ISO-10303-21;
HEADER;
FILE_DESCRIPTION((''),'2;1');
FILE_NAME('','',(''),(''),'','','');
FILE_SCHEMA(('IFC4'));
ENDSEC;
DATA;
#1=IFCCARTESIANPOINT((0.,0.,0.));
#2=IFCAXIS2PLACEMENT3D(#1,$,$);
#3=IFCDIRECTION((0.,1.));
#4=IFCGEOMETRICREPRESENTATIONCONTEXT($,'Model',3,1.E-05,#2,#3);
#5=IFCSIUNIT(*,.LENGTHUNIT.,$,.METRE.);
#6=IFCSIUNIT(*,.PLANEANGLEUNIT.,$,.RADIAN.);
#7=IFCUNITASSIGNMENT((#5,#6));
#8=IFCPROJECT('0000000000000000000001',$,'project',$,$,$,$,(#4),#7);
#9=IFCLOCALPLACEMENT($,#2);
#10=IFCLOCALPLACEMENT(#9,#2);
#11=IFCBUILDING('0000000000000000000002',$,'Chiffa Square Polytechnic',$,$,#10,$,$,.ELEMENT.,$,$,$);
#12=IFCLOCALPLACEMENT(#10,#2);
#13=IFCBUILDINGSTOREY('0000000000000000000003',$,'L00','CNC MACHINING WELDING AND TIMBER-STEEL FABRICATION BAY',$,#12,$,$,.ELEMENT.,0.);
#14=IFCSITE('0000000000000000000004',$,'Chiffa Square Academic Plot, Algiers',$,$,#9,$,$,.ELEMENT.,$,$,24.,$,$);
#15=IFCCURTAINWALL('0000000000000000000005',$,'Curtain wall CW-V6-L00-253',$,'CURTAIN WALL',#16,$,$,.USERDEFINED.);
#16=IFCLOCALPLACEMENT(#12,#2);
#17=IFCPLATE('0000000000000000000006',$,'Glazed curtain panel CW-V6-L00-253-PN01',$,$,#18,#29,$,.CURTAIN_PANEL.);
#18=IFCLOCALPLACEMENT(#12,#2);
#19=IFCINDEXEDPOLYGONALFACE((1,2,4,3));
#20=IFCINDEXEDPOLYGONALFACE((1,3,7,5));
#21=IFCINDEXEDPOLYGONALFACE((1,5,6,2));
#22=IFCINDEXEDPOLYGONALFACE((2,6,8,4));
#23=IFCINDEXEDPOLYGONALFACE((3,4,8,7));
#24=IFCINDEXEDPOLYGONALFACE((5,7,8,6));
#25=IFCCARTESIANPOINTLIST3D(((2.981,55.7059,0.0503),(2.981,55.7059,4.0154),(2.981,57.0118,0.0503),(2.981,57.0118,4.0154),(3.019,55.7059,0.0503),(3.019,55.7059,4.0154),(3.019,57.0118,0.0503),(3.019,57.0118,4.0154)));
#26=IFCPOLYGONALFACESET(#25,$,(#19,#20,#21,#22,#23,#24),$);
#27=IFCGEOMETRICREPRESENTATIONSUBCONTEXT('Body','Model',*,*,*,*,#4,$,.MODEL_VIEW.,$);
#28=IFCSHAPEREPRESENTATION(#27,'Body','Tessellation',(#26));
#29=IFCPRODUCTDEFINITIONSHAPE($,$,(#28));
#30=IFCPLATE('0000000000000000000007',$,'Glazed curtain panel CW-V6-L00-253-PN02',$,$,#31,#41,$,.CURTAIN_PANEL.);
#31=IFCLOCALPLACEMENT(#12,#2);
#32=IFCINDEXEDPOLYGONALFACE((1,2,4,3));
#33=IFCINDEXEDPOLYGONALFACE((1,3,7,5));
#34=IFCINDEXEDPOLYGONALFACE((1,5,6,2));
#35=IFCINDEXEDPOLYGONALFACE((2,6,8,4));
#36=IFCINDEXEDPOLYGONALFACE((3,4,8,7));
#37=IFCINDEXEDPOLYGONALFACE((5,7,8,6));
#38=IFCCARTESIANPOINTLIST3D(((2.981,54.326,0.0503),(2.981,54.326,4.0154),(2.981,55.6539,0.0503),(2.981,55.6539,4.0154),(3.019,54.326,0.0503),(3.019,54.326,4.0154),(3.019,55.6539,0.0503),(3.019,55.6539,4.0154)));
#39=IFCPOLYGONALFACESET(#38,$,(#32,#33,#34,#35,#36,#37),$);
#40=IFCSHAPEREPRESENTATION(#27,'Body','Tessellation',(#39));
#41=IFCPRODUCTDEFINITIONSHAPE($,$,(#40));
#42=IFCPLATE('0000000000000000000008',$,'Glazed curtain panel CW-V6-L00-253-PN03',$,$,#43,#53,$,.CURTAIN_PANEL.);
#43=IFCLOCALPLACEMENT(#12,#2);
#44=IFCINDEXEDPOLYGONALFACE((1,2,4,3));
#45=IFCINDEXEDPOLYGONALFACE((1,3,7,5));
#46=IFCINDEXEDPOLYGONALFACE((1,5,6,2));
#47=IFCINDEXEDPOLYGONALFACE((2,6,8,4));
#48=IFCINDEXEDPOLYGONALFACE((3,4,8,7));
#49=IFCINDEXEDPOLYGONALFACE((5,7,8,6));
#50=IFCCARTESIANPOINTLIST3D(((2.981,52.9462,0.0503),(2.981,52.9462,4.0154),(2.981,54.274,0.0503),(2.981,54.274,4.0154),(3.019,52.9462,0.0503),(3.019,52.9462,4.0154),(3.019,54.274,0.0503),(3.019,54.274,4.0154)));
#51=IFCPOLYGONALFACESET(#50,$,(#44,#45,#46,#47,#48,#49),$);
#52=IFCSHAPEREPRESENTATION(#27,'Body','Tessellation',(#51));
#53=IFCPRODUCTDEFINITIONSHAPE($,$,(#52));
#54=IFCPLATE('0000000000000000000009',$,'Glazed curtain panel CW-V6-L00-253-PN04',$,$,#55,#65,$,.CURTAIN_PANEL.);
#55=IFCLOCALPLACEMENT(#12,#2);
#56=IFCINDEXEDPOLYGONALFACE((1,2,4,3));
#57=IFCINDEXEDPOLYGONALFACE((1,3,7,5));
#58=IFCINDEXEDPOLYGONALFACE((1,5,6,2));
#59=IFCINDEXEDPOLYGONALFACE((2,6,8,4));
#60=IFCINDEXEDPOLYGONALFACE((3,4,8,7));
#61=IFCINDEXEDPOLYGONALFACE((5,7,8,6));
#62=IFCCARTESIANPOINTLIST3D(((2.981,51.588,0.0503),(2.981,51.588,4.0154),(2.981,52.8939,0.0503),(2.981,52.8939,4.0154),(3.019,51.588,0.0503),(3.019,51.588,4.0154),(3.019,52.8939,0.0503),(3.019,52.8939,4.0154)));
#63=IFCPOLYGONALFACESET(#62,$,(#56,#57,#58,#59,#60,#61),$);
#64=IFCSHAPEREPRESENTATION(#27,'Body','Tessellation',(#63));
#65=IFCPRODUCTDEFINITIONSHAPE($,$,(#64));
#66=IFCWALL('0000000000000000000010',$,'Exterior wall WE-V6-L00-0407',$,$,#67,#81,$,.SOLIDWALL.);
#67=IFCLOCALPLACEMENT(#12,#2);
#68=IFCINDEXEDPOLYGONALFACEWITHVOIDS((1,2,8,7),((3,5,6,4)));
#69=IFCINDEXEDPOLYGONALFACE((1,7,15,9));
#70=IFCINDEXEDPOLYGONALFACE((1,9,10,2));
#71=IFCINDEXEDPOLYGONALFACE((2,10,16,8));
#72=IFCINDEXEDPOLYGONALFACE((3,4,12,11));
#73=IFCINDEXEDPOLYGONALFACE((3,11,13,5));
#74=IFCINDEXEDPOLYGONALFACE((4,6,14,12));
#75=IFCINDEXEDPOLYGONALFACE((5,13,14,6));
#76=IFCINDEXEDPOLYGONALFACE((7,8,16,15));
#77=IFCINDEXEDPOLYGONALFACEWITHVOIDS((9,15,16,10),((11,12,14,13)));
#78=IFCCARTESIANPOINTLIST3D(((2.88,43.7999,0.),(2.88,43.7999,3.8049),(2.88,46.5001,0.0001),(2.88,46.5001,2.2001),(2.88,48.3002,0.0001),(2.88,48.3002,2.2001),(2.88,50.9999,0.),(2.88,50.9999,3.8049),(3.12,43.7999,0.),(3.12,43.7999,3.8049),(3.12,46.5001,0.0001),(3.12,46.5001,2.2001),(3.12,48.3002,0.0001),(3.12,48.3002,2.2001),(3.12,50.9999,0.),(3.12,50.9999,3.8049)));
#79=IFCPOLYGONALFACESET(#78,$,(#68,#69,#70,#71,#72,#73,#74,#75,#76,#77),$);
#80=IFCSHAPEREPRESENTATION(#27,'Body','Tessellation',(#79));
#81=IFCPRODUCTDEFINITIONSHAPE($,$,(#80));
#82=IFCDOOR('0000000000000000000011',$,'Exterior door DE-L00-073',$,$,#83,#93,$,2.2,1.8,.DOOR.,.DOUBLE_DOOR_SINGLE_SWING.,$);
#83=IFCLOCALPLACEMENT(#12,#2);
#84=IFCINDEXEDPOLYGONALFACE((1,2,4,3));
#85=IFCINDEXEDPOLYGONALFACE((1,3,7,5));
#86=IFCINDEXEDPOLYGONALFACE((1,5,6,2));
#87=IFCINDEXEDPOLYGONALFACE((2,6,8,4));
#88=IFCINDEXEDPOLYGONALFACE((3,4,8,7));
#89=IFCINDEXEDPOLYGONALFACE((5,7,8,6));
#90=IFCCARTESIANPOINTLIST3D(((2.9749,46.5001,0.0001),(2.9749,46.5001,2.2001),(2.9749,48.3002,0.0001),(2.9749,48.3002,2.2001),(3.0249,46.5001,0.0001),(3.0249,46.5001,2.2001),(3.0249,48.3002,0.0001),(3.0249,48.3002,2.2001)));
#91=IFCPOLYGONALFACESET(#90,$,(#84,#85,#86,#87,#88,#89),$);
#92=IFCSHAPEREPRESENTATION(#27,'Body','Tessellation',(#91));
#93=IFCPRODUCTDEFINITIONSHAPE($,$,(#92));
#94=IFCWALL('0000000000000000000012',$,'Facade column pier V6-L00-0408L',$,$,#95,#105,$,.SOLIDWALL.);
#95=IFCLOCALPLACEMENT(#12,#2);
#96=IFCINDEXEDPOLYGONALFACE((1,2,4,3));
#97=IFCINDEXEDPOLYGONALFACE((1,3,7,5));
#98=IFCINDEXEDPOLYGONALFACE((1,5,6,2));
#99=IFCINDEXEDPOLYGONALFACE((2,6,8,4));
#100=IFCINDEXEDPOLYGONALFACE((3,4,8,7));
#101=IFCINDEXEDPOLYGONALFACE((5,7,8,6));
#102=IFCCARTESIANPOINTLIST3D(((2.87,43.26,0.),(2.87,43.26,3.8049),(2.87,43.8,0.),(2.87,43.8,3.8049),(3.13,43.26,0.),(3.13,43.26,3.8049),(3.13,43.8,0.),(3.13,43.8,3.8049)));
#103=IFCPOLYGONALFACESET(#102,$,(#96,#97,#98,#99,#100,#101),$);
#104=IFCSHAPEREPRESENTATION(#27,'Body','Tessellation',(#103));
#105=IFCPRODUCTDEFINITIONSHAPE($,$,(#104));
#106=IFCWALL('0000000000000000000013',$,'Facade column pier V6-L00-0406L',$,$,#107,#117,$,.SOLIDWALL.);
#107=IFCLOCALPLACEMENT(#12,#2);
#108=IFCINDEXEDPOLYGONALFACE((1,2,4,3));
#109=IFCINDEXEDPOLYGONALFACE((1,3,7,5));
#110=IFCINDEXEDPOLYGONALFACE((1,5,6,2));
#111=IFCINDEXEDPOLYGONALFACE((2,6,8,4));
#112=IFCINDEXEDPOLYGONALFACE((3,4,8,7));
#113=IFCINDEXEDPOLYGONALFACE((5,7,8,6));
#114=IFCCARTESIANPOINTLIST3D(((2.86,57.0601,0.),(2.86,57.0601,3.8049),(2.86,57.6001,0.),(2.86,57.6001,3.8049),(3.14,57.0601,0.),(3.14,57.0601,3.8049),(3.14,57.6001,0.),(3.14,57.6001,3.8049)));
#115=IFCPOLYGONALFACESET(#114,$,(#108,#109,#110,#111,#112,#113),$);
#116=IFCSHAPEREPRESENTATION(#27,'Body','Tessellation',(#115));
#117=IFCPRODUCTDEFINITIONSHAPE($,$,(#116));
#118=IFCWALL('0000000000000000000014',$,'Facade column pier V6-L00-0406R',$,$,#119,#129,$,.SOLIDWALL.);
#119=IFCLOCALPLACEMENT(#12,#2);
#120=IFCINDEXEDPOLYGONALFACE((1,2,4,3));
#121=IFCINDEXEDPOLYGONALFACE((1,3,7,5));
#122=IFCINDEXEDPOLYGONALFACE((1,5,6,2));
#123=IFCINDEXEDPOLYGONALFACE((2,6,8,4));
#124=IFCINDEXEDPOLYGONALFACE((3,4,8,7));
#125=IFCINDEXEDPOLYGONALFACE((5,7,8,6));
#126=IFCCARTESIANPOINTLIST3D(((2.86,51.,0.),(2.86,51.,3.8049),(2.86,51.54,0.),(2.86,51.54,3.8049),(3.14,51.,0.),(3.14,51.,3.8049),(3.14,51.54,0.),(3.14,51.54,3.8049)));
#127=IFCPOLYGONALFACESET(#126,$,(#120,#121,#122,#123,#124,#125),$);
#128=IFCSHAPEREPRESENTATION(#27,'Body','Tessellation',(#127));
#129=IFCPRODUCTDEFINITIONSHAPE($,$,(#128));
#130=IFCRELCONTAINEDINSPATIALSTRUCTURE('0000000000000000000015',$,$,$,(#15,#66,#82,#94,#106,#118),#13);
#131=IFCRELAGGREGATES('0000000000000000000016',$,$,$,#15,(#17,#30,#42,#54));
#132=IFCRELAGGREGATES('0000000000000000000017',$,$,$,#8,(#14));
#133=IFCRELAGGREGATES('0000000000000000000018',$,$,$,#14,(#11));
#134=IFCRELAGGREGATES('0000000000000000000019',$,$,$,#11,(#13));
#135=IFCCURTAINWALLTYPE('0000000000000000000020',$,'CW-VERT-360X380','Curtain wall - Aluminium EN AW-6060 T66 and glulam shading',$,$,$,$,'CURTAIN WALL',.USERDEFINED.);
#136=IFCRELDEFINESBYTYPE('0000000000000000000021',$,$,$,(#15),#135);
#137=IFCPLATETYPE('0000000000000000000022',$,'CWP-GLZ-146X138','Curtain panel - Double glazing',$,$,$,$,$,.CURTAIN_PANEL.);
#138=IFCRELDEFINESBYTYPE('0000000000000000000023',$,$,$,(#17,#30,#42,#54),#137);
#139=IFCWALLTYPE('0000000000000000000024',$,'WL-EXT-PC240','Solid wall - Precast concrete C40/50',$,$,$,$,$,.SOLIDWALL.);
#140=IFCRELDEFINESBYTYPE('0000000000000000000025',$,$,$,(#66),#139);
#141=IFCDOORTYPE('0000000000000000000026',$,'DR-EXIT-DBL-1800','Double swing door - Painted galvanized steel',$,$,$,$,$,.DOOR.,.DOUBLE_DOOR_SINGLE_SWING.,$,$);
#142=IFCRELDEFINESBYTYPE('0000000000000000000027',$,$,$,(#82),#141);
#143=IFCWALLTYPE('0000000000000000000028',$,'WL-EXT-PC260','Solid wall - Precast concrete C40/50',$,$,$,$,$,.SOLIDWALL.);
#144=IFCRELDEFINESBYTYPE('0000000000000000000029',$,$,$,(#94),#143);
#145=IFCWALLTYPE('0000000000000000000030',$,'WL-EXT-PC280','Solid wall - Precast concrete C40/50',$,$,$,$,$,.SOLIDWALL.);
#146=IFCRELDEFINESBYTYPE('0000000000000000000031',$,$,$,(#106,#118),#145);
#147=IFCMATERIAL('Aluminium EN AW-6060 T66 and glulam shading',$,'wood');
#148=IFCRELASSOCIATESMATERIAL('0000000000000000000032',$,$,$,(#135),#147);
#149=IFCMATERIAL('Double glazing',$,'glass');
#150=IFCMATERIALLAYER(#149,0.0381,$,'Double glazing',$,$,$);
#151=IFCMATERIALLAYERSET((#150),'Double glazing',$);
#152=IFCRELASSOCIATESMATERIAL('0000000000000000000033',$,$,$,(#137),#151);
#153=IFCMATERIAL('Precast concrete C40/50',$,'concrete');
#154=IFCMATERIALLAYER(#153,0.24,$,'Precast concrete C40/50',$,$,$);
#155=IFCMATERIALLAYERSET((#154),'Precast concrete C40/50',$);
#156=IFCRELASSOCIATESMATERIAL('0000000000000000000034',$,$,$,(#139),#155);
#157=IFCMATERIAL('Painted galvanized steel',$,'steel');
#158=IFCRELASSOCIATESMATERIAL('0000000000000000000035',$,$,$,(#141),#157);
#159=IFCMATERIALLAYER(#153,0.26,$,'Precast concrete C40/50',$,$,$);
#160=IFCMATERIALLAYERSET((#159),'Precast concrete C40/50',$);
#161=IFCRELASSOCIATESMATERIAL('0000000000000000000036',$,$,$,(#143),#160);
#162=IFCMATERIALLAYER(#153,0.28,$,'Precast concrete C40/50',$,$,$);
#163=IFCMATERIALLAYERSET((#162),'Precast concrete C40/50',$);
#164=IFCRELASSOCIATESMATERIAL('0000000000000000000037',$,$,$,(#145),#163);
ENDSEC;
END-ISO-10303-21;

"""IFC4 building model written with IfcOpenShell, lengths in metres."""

from ifc_helpers import new_model, si_unit, direction, frame, frame_2d, origin, origin_2d, place, context, subcontext, project, spatial, rectangle, extrude, material, layer, layer_set, type_object, element, fill, aggregate, save


model = new_model("IFC4")

# Units and contexts
model_context = context("Model", 3, precision=1e-05, world=origin(), true_north=direction((0.0, 1.0)))
body_context = subcontext(model_context, "Body", "Model", "MODEL_VIEW")
ifc_project = project(units=[si_unit("LENGTHUNIT", "METRE"), si_unit("PLANEANGLEUNIT", "RADIAN")], contexts=[model_context])

# Site, building, storey
site_placement = place(None, origin())
site = spatial("IfcSite", under=ifc_project, at=site_placement, Name="Chiffa Square Academic Plot, Algiers", CompositionType="ELEMENT", RefElevation=24.0)
building_placement = place(site_placement, origin())
building = spatial("IfcBuilding", under=site, at=building_placement, Name="Chiffa Square Polytechnic", CompositionType="ELEMENT")
storey_placement = place(building_placement, origin())
storey = spatial("IfcBuildingStorey", under=building, at=storey_placement, Name="L00", Description="CNC MACHINING WELDING AND TIMBER-STEEL FABRICATION BAY", CompositionType="ELEMENT", Elevation=0.0)

# Curtain wall
ifc_material_1 = material(Name="Aluminium EN AW-6060 T66 and glulam shading", Category="wood")
curtain_wall_type_1 = type_object("IfcCurtainWallType", Name="CW-VERT-360X380", Description="Curtain wall - Aluminium EN AW-6060 T66 and glulam shading", ElementType="CURTAIN WALL", PredefinedType="USERDEFINED", material=ifc_material_1)
curtain_wall_1_placement = place(storey_placement, origin())
curtain_wall_1 = element("IfcCurtainWall", 1, at=curtain_wall_1_placement, inside=storey, type_object=curtain_wall_type_1, Name="Curtain wall CW-V6-L00-253", ObjectType="CURTAIN WALL", PredefinedType="USERDEFINED")

# Plates
ifc_material_2 = material(Name="Double glazing", Category="glass")
ifc_layer_1 = layer(ifc_material_2, 0.0381, Name="Double glazing")
ifc_layer_set_1 = layer_set([ifc_layer_1], Name="Double glazing")
plate_type = type_object("IfcPlateType", Name="CWP-GLZ-146X138", Description="Curtain panel - Double glazing", PredefinedType="CURTAIN_PANEL", material=ifc_layer_set_1)
plate_1_placement = place(storey_placement, frame((3.0, 56.3589, 0.0503), z_axis=(0.0, 0.0, 1.0), x_axis=(0.0, -1.0, 0.0)))
plate_1 = element("IfcPlate", 2, at=plate_1_placement, type_object=plate_type, Name="Glazed curtain panel CW-V6-L00-253-PN01", PredefinedType="CURTAIN_PANEL", context=body_context, shape_type="SweptSolid", body=[
    extrude(rectangle(XDim=1.3059, YDim=0.0381, at=origin_2d()), origin(), (0.0, 0.0, 1.0), 3.9651),
])
plate_2_placement = place(storey_placement, frame((3.0, 54.99, 0.0503), z_axis=(0.0, 0.0, 1.0), x_axis=(0.0, -1.0, 0.0)))
plate_2 = element("IfcPlate", 3, at=plate_2_placement, type_object=plate_type, Name="Glazed curtain panel CW-V6-L00-253-PN02", PredefinedType="CURTAIN_PANEL", context=body_context, shape_type="SweptSolid", body=[
    extrude(rectangle(XDim=1.3279, YDim=0.0381, at=origin_2d()), origin(), (0.0, 0.0, 1.0), 3.9651),
])
plate_3_placement = place(storey_placement, frame((3.0, 53.6101, 0.0503), z_axis=(0.0, 0.0, 1.0), x_axis=(0.0, -1.0, 0.0)))
plate_3 = element("IfcPlate", 4, at=plate_3_placement, type_object=plate_type, Name="Glazed curtain panel CW-V6-L00-253-PN03", PredefinedType="CURTAIN_PANEL", context=body_context, shape_type="SweptSolid", body=[
    extrude(rectangle(XDim=1.3279, YDim=0.0381, at=origin_2d()), origin(), (0.0, 0.0, 1.0), 3.9651),
])
plate_4_placement = place(storey_placement, frame((3.0, 52.241, 0.0503), z_axis=(0.0, 0.0, 1.0), x_axis=(0.0, -1.0, 0.0)))
plate_4 = element("IfcPlate", 5, at=plate_4_placement, type_object=plate_type, Name="Glazed curtain panel CW-V6-L00-253-PN04", PredefinedType="CURTAIN_PANEL", context=body_context, shape_type="SweptSolid", body=[
    extrude(rectangle(XDim=1.3059, YDim=0.0381, at=origin_2d()), origin(), (0.0, 0.0, 1.0), 3.9651),
])
aggregate(curtain_wall_1, [plate_1, plate_2, plate_3, plate_4])

# Wall, opening, door
ifc_material_3 = material(Name="Precast concrete C40/50", Category="concrete")
ifc_layer_2 = layer(ifc_material_3, 0.24, Name="Precast concrete C40/50")
ifc_layer_set_2 = layer_set([ifc_layer_2], Name="Precast concrete C40/50")
wall_type_1 = type_object("IfcWallType", Name="WL-EXT-PC240", Description="Solid wall - Precast concrete C40/50", PredefinedType="SOLIDWALL", material=ifc_layer_set_2)
wall_1_placement = place(storey_placement, frame((3.0, 51.0, 0.0), z_axis=(0.0, 0.0, 1.0), x_axis=(0.0, -1.0, 0.0)))
wall_1 = element("IfcWall", 6, at=wall_1_placement, inside=storey, type_object=wall_type_1, Name="Exterior wall WE-V6-L00-0407", PredefinedType="SOLIDWALL", context=body_context, shape_type="SweptSolid", body=[
    extrude(rectangle(XDim=7.2, YDim=0.24, at=frame_2d((3.6001, 0.0))), origin(), (0.0, 0.0, 1.0), 3.8049),
])
opening_placement = place(wall_1_placement, frame((2.7, 0.0, 0.0)))
opening = element("IfcOpeningElement", 7, at=opening_placement, cuts=wall_1, PredefinedType="OPENING", context=body_context, shape_type="SweptSolid", body=[
    extrude(rectangle(XDim=1.8, YDim=2.2, at=frame_2d((0.8999, 1.1001))), frame((0.0, 0.1299, 0.0), z_axis=(0.0, -1.0, 0.0), x_axis=(1.0, 0.0, 0.0)), (0.0, 0.0, 1.0), 0.26),
])
ifc_material_4 = material(Name="Painted galvanized steel", Category="steel")
door_type = type_object("IfcDoorType", Name="DR-EXIT-DBL-1800", Description="Double swing door - Painted galvanized steel", OperationType="DOUBLE_DOOR_SINGLE_SWING", PredefinedType="DOOR", material=ifc_material_4)
door_placement = place(opening_placement, origin())
door = element("IfcDoor", 8, at=door_placement, inside=storey, type_object=door_type, Name="Exterior door DE-L00-073", OperationType="DOUBLE_DOOR_SINGLE_SWING", OverallHeight=2.2, OverallWidth=1.8, PredefinedType="DOOR", context=body_context, shape_type="SweptSolid", body=[
    extrude(rectangle(XDim=1.8, YDim=2.2, at=frame_2d((0.8999, 1.1001))), frame((0.0, 0.0249, 0.0), z_axis=(0.0, -1.0, 0.0), x_axis=(1.0, 0.0, 0.0)), (0.0, 0.0, 1.0), 0.05),
])
fill(opening, door)

# Walls
ifc_layer_3 = layer(ifc_material_3, 0.26, Name="Precast concrete C40/50")
ifc_layer_set_3 = layer_set([ifc_layer_3], Name="Precast concrete C40/50")
wall_type_2 = type_object("IfcWallType", Name="WL-EXT-PC260", Description="Solid wall - Precast concrete C40/50", PredefinedType="SOLIDWALL", material=ifc_layer_set_3)
wall_2_placement = place(storey_placement, frame((3.0, 43.8, 0.0), z_axis=(0.0, 0.0, 1.0), x_axis=(0.0, -1.0, 0.0)))
element("IfcWall", 9, at=wall_2_placement, inside=storey, type_object=wall_type_2, Name="Facade column pier V6-L00-0408L", PredefinedType="SOLIDWALL", context=body_context, shape_type="SweptSolid", body=[
    extrude(rectangle(XDim=0.54, YDim=0.26, at=frame_2d((0.27, 0.0))), origin(), (0.0, 0.0, 1.0), 3.8049),
])
ifc_layer_4 = layer(ifc_material_3, 0.28, Name="Precast concrete C40/50")
ifc_layer_set_4 = layer_set([ifc_layer_4], Name="Precast concrete C40/50")
wall_type_3 = type_object("IfcWallType", Name="WL-EXT-PC280", Description="Solid wall - Precast concrete C40/50", PredefinedType="SOLIDWALL", material=ifc_layer_set_4)
for number, where, z_axis, x_axis, name in (
    (10, (3.0, 57.6001, 0.0), (0.0, 0.0, 1.0), (0.0, -1.0, 0.0), "Facade column pier V6-L00-0406L"),
    (11, (3.0, 51.54, 0.0), (0.0, 0.0, 1.0), (0.0, -1.0, 0.0), "Facade column pier V6-L00-0406R"),
):
    element("IfcWall", number, at=place(storey_placement, frame(where, z_axis=z_axis, x_axis=x_axis)), inside=storey, type_object=wall_type_3, Name=name, PredefinedType="SOLIDWALL", context=body_context, shape_type="SweptSolid", body=[
        extrude(rectangle(XDim=0.54, YDim=0.28, at=frame_2d((0.27, 0.0))), origin(), (0.0, 0.0, 1.0), 3.8049),
    ])

save(model, "model.ifc")
